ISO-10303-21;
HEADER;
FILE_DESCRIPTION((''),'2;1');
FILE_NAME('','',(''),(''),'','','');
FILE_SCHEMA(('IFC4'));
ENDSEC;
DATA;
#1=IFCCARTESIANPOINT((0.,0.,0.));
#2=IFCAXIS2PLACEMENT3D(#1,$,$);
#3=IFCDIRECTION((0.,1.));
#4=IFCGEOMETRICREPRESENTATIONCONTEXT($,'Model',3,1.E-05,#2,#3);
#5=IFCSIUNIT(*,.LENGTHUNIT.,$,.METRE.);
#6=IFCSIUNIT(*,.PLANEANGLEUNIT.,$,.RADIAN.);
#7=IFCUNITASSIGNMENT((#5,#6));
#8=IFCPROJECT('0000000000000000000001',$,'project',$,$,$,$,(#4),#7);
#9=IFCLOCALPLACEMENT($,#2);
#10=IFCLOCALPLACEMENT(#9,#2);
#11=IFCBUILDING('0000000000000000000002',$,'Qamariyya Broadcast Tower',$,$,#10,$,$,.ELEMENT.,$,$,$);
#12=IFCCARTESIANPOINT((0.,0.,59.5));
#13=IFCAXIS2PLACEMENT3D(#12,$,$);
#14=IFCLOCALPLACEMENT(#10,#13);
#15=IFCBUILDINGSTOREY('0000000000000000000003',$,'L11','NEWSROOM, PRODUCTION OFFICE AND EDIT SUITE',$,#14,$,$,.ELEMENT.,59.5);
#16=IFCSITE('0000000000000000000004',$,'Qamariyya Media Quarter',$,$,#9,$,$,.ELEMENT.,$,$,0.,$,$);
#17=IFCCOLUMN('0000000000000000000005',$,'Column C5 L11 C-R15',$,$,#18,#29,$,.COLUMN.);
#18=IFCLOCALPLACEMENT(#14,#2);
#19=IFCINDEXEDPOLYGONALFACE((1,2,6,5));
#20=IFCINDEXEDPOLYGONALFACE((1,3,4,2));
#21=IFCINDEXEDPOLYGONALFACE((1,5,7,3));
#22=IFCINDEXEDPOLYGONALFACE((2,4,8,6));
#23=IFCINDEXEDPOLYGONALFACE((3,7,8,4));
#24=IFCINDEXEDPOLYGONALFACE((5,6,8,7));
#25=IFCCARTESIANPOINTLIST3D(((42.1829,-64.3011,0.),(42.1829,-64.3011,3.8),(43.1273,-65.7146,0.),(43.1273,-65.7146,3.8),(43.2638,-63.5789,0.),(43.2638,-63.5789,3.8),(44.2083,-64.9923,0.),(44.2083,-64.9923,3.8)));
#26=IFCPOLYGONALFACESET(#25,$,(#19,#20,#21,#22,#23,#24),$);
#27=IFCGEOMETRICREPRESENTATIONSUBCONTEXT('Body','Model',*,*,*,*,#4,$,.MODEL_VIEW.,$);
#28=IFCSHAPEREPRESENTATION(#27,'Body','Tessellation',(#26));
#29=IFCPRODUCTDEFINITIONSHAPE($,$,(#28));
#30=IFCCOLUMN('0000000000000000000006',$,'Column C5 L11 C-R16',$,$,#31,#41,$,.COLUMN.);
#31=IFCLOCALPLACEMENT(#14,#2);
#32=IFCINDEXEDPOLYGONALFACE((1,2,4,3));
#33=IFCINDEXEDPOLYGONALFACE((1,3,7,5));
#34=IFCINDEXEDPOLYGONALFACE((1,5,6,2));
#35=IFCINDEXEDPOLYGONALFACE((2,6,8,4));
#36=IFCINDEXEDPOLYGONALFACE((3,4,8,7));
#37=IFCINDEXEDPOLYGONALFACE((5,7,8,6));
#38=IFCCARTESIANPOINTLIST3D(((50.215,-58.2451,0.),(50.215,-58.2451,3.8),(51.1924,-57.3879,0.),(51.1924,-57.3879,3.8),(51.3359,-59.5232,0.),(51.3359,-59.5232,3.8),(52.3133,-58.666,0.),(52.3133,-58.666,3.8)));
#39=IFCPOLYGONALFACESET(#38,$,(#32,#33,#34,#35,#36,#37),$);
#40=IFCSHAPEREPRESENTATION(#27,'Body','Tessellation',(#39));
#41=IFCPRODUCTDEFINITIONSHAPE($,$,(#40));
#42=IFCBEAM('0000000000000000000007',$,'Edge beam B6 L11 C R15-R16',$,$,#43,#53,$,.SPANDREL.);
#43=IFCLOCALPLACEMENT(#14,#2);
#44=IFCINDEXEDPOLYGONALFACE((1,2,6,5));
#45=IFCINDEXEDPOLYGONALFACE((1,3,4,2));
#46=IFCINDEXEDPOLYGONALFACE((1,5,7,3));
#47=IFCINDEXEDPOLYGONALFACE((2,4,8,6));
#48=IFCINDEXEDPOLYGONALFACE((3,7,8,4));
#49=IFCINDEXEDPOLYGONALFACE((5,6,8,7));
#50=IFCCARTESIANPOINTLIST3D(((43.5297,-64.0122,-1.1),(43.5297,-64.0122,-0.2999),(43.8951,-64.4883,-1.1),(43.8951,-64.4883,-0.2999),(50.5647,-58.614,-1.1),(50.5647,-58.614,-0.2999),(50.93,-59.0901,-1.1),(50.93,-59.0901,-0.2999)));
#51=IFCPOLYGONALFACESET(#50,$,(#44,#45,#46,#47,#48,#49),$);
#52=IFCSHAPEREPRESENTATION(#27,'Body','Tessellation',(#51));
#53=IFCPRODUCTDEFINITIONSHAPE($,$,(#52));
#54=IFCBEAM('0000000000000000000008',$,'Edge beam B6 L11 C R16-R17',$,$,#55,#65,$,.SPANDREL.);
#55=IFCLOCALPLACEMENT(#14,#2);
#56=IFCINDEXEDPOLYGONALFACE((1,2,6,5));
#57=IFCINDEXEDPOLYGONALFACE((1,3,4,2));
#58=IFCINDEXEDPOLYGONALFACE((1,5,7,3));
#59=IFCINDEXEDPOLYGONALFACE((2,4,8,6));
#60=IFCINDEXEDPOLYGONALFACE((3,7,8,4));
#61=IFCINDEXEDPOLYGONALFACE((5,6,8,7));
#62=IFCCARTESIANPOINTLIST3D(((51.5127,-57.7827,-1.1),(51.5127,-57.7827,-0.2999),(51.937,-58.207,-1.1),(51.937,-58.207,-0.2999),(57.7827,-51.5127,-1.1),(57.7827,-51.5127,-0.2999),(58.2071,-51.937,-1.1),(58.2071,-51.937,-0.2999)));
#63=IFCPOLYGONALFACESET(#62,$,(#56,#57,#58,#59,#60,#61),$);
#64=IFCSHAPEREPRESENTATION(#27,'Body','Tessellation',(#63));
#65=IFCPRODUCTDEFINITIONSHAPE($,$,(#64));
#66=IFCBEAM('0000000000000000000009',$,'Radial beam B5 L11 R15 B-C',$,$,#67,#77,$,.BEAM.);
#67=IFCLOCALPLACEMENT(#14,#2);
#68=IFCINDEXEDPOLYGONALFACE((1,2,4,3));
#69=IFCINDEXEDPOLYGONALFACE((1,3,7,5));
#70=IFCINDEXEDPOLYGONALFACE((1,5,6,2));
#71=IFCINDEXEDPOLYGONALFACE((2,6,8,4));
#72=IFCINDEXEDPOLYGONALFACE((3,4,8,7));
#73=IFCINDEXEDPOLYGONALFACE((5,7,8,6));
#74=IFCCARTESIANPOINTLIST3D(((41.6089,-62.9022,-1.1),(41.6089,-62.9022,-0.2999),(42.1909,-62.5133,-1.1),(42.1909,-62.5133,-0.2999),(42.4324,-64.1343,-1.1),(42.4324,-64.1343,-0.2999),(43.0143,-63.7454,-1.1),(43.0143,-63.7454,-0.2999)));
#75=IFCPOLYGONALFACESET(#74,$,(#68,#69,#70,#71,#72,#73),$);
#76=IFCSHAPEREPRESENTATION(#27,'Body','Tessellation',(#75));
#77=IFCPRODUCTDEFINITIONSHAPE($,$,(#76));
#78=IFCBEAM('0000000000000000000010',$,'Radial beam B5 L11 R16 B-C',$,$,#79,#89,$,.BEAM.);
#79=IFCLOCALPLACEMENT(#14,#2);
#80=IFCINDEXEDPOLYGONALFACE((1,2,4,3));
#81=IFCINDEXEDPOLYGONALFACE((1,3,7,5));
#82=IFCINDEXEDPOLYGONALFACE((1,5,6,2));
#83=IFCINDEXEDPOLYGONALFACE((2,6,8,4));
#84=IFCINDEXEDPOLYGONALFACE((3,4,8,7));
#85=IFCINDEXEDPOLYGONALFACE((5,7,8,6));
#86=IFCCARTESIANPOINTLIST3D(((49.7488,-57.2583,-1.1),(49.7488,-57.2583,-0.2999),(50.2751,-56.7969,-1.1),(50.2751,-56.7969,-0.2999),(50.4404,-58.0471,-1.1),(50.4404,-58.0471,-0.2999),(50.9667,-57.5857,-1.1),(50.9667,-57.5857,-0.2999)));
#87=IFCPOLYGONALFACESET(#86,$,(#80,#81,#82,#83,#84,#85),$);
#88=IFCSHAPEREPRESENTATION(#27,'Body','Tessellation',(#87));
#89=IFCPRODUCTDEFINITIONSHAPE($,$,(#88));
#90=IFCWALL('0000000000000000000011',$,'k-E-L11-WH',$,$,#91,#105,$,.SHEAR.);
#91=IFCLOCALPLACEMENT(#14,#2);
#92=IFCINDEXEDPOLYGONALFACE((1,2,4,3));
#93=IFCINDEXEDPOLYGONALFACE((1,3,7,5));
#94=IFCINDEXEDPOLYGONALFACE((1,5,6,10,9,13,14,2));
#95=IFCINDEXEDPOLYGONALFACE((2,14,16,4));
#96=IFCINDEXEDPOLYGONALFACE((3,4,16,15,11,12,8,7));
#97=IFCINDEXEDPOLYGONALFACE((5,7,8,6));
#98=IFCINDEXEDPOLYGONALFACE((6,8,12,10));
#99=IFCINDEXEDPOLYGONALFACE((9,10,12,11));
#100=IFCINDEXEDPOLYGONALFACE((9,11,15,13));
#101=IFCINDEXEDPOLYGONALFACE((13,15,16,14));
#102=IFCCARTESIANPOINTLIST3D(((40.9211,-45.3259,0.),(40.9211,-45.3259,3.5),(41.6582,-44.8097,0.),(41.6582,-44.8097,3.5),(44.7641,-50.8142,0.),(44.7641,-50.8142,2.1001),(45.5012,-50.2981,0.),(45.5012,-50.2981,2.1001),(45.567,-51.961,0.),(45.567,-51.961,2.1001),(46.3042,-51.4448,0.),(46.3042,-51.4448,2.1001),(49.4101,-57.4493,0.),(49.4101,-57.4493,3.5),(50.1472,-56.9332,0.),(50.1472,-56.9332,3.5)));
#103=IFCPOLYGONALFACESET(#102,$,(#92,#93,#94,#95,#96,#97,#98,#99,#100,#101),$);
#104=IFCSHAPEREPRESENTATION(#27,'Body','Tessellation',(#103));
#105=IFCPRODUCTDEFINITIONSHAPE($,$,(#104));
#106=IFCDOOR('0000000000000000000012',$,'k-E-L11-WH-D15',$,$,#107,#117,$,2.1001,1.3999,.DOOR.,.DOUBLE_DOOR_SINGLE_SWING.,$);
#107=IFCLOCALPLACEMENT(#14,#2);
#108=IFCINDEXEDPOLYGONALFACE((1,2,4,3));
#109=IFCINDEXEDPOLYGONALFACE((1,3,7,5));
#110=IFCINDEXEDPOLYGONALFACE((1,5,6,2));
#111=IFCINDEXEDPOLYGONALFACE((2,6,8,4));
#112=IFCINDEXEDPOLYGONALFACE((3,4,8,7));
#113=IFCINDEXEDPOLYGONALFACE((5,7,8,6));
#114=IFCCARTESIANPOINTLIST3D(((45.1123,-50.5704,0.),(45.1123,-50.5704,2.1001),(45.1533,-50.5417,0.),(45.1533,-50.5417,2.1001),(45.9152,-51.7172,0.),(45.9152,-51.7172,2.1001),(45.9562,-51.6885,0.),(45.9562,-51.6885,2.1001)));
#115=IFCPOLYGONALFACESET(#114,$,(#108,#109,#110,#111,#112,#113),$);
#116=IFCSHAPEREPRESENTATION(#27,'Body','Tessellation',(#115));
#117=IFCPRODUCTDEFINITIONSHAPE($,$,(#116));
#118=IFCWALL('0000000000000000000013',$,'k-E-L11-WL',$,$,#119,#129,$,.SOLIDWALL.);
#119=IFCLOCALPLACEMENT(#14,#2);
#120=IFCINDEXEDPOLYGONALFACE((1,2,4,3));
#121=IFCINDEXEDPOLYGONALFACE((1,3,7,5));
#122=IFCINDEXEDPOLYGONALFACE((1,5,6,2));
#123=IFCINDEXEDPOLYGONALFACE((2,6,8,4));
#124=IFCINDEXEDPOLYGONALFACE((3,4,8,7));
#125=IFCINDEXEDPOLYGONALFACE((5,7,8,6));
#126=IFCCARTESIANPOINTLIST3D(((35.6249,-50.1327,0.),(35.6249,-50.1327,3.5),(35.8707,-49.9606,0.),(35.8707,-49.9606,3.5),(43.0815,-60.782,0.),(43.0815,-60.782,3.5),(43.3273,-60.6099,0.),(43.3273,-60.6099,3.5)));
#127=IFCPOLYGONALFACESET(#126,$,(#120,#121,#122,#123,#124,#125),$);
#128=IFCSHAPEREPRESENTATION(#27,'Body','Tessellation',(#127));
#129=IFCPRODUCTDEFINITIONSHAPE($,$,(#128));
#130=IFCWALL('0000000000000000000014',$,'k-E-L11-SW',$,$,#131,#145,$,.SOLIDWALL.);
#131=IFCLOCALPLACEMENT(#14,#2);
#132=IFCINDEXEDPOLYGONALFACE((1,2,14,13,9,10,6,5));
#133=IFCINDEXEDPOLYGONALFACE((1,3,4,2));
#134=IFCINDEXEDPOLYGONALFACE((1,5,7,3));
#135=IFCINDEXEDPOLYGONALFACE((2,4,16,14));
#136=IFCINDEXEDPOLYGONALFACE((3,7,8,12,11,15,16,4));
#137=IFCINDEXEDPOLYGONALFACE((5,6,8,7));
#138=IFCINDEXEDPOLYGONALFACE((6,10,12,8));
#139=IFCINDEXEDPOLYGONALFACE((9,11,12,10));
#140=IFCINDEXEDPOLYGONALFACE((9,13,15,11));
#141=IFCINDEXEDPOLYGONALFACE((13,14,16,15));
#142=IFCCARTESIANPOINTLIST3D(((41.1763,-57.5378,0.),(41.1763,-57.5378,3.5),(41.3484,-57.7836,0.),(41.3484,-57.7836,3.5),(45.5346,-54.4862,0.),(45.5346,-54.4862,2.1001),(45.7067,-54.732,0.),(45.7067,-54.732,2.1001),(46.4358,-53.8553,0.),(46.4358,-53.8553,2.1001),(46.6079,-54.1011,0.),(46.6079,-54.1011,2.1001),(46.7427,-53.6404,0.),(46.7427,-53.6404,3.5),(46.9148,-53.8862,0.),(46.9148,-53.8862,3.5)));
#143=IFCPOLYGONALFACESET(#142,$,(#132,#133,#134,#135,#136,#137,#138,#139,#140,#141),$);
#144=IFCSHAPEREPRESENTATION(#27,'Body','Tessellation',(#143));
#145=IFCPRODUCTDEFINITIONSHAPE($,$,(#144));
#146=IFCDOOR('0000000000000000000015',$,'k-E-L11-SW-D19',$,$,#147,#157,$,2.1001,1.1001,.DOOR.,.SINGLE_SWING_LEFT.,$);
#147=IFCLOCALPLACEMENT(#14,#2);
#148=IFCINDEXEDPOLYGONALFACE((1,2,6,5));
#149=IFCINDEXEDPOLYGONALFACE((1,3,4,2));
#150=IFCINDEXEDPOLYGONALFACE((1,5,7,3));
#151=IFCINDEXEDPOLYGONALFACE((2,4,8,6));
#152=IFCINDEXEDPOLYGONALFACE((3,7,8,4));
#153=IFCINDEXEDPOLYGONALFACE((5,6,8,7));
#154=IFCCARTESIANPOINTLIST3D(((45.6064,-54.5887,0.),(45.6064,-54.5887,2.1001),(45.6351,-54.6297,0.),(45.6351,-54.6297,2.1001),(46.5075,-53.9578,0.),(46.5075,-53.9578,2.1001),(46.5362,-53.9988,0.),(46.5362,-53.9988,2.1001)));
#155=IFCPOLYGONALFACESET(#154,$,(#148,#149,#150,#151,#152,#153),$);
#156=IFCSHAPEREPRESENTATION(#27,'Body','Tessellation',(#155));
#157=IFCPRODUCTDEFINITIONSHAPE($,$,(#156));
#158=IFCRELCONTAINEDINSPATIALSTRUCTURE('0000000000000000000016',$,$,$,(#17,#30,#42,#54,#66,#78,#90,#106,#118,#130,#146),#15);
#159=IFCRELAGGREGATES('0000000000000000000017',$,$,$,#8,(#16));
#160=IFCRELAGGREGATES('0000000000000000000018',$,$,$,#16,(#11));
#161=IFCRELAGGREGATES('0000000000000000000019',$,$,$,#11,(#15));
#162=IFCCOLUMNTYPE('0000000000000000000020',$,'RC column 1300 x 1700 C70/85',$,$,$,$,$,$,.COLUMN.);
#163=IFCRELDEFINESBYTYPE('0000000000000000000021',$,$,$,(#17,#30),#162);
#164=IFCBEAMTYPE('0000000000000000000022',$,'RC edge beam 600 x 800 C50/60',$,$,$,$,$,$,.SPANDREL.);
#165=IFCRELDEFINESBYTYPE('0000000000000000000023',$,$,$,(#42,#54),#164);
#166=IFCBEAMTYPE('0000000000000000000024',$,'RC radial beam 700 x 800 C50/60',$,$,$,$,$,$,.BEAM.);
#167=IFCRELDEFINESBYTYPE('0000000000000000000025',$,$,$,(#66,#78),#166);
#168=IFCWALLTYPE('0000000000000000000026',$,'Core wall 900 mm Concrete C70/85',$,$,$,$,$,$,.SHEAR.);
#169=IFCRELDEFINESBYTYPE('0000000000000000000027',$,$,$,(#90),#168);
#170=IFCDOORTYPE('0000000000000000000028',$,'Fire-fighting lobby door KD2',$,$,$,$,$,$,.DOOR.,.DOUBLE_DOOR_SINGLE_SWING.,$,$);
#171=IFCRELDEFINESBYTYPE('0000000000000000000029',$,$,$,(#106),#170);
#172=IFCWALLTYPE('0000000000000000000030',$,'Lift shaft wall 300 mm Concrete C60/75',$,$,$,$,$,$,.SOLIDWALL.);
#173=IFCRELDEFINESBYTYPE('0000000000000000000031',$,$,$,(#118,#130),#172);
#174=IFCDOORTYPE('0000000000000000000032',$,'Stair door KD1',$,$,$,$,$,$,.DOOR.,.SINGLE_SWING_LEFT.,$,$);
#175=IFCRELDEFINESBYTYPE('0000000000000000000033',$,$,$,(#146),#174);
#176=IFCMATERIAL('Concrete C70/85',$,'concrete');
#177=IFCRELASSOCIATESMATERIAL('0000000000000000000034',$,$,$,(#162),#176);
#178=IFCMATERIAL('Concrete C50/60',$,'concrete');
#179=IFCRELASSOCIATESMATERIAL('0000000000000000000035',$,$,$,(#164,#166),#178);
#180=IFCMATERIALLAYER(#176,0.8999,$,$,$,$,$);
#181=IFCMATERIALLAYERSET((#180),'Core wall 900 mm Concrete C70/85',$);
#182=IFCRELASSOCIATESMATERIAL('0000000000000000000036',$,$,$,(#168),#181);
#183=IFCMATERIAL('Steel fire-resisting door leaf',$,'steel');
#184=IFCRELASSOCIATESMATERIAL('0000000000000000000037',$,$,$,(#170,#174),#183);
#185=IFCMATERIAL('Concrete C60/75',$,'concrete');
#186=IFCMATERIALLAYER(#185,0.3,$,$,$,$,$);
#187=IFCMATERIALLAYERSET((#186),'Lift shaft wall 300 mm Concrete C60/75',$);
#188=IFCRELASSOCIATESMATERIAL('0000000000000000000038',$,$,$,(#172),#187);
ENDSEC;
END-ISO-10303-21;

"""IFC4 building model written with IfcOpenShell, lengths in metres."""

from ifc_helpers import new_model, si_unit, direction, frame, frame_2d, origin, origin_2d, place, context, subcontext, project, spatial, rectangle, extrude, material, layer, layer_set, material_profile, profile_set, type_object, element, fill, save


model = new_model("IFC4")

# Units and contexts
model_context = context("Model", 3, precision=1e-05, world=origin(), true_north=direction((0.0, 1.0)))
body_context = subcontext(model_context, "Body", "Model", "MODEL_VIEW")
ifc_project = project(units=[si_unit("LENGTHUNIT", "METRE"), si_unit("PLANEANGLEUNIT", "RADIAN")], contexts=[model_context])

# Site, building, storey
site_placement = place(None, origin())
site = spatial("IfcSite", under=ifc_project, at=site_placement, Name="Qamariyya Media Quarter", CompositionType="ELEMENT", RefElevation=0.0)
building_placement = place(site_placement, origin())
building = spatial("IfcBuilding", under=site, at=building_placement, Name="Qamariyya Broadcast Tower", CompositionType="ELEMENT")
storey_placement = place(building_placement, frame((0.0, 0.0, 59.5)))
storey = spatial("IfcBuildingStorey", under=building, at=storey_placement, Name="L11", Description="NEWSROOM, PRODUCTION OFFICE AND EDIT SUITE", CompositionType="ELEMENT", Elevation=59.5)

# Columns
ifc_material_1 = material(Name="Concrete C70/85", Category="concrete")
ifc_material_profile_1 = material_profile(ifc_material_1, rectangle(XDim=1.3, YDim=1.7, at=origin_2d()))
ifc_profile_set_1 = profile_set([ifc_material_profile_1], Name="Concrete C70/85")
column_type = type_object("IfcColumnType", Name="RC column 1300 x 1700 C70/85", PredefinedType="COLUMN", material=ifc_profile_set_1)
for number, where, z_axis, x_axis, name in (
    (1, (43.1956, -64.6467, 0.0), (0.0, 0.0, 1.0), (0.83147, 0.55557, 0.0), "Column C5 L11 C-R15"),
    (2, (51.2642, -58.4556, 0.0), (0.0, 0.0, 1.0), (0.75184, 0.659346, 0.0), "Column C5 L11 C-R16"),
):
    element("IfcColumn", number, at=place(storey_placement, frame(where, z_axis=z_axis, x_axis=x_axis)), inside=storey, type_object=column_type, Name=name, PredefinedType="COLUMN", context=body_context, shape_type="SweptSolid", body=[
        extrude(rectangle(XDim=1.3, YDim=1.7, at=origin_2d()), origin(), (0.0, 0.0, 1.0), 3.8),
    ])

# Beams
ifc_material_2 = material(Name="Concrete C50/60", Category="concrete")
ifc_material_profile_2 = material_profile(ifc_material_2, rectangle(XDim=0.6001, YDim=0.8, at=origin_2d()))
ifc_profile_set_2 = profile_set([ifc_material_profile_2], Name="Concrete C50/60")
beam_type_1 = type_object("IfcBeamType", Name="RC edge beam 600 x 800 C50/60", PredefinedType="SPANDREL", material=ifc_profile_set_2)
beam_1_placement = place(storey_placement, frame((43.7124, -64.2502, -0.7), z_axis=(0.793347, 0.60877, 0.0), x_axis=(-0.60877, 0.793347, 0.0)))
element("IfcBeam", 3, at=beam_1_placement, inside=storey, type_object=beam_type_1, Name="Edge beam B6 L11 C R15-R16", PredefinedType="SPANDREL", context=body_context, shape_type="SweptSolid", body=[
    extrude(rectangle(XDim=0.6001, YDim=0.8, at=origin_2d()), origin(), (0.0, 0.0, 1.0), 8.8674),
])
beam_2_placement = place(storey_placement, frame((51.7249, -57.9949, -0.7), z_axis=(0.707107, 0.707107, 0.0), x_axis=(-0.707107, 0.707107, 0.0)))
element("IfcBeam", 4, at=beam_2_placement, inside=storey, type_object=beam_type_1, Name="Edge beam B6 L11 C R16-R17", PredefinedType="SPANDREL", context=body_context, shape_type="SweptSolid", body=[
    extrude(rectangle(XDim=0.6001, YDim=0.8, at=origin_2d()), origin(), (0.0, 0.0, 1.0), 8.8672),
])
ifc_material_profile_3 = material_profile(ifc_material_2, rectangle(XDim=0.7, YDim=0.8, at=origin_2d()))
ifc_profile_set_3 = profile_set([ifc_material_profile_3], Name="Concrete C50/60")
beam_type_2 = type_object("IfcBeamType", Name="RC radial beam 700 x 800 C50/60", PredefinedType="BEAM", material=ifc_profile_set_3)
beam_3_placement = place(storey_placement, frame((41.8999, -62.7078, -0.7), z_axis=(0.55565, -0.831416, 0.0), x_axis=(0.831416, 0.55565, 0.0)))
element("IfcBeam", 5, at=beam_3_placement, inside=storey, type_object=beam_type_2, Name="Radial beam B5 L11 R15 B-C", PredefinedType="BEAM", context=body_context, shape_type="SweptSolid", body=[
    extrude(rectangle(XDim=0.7, YDim=0.8, at=origin_2d()), origin(), (0.0, 0.0, 1.0), 1.4819),
])
beam_4_placement = place(storey_placement, frame((50.012, -57.0276, -0.7), z_axis=(0.659279, -0.751899, 0.0), x_axis=(0.751899, 0.659279, 0.0)))
element("IfcBeam", 6, at=beam_4_placement, inside=storey, type_object=beam_type_2, Name="Radial beam B5 L11 R16 B-C", PredefinedType="BEAM", context=body_context, shape_type="SweptSolid", body=[
    extrude(rectangle(XDim=0.7, YDim=0.8, at=origin_2d()), origin(), (0.0, 0.0, 1.0), 1.0491),
])

# Wall, opening, door
ifc_layer_1 = layer(ifc_material_1, 0.8999)
ifc_layer_set_1 = layer_set([ifc_layer_1], Name="Core wall 900 mm Concrete C70/85")
wall_type_1 = type_object("IfcWallType", Name="Core wall 900 mm Concrete C70/85", PredefinedType="SHEAR", material=ifc_layer_set_1)
wall_1_placement = place(storey_placement, frame((49.7786, -57.1912, 0.0), z_axis=(0.0, 0.0, 1.0), x_axis=(-0.573577, 0.819151, 0.0)))
wall_1 = element("IfcWall", 7, at=wall_1_placement, inside=storey, type_object=wall_type_1, Name="k-E-L11-WH", PredefinedType="SHEAR", context=body_context, shape_type="SweptSolid", body=[
    extrude(rectangle(XDim=14.8, YDim=0.8999, at=frame_2d((7.3999, 0.0))), origin(), (0.0, 0.0, 1.0), 3.5),
])
opening_1_placement = place(wall_1_placement, frame((6.7, 0.0, 0.0)))
opening_1 = element("IfcOpeningElement", 8, at=opening_1_placement, cuts=wall_1, PredefinedType="OPENING", context=body_context, shape_type="SweptSolid", body=[
    extrude(rectangle(XDim=1.3999, YDim=2.1001, at=frame_2d((0.7, 1.05))), frame((0.0, 0.46, 0.0), z_axis=(0.0, -1.0, 0.0), x_axis=(1.0, 0.0, 0.0)), (0.0, 0.0, 1.0), 0.9199),
])
ifc_material_3 = material(Name="Steel fire-resisting door leaf", Category="steel")
door_type_1 = type_object("IfcDoorType", Name="Fire-fighting lobby door KD2", OperationType="DOUBLE_DOOR_SINGLE_SWING", PredefinedType="DOOR", material=ifc_material_3)
door_1_placement = place(opening_1_placement, origin())
door_1 = element("IfcDoor", 9, at=door_1_placement, inside=storey, type_object=door_type_1, Name="k-E-L11-WH-D15", OperationType="DOUBLE_DOOR_SINGLE_SWING", OverallHeight=2.1001, OverallWidth=1.3999, PredefinedType="DOOR", context=body_context, shape_type="SweptSolid", body=[
    extrude(rectangle(XDim=1.3999, YDim=2.1001, at=frame_2d((0.7, 1.05))), frame((0.0, 0.0249, 0.0), z_axis=(0.0, -1.0, 0.0), x_axis=(1.0, 0.0, 0.0)), (0.0, 0.0, 1.0), 0.05),
])
fill(opening_1, door_1)

# Wall
ifc_material_4 = material(Name="Concrete C60/75", Category="concrete")
ifc_layer_2 = layer(ifc_material_4, 0.3)
ifc_layer_set_2 = layer_set([ifc_layer_2], Name="Lift shaft wall 300 mm Concrete C60/75")
wall_type_2 = type_object("IfcWallType", Name="Lift shaft wall 300 mm Concrete C60/75", PredefinedType="SOLIDWALL", material=ifc_layer_set_2)
wall_2_placement = place(storey_placement, frame((43.2043, -60.6958, 0.0), z_axis=(0.0, 0.0, 1.0), x_axis=(-0.573572, 0.819155, 0.0)))
element("IfcWall", 10, at=wall_2_placement, inside=storey, type_object=wall_type_2, Name="k-E-L11-WL", PredefinedType="SOLIDWALL", context=body_context, shape_type="SweptSolid", body=[
    extrude(rectangle(XDim=13.0002, YDim=0.3, at=frame_2d((6.5, 0.0))), origin(), (0.0, 0.0, 1.0), 3.5),
])

# Wall, opening, door
wall_3_placement = place(storey_placement, frame((41.2625, -57.6606, 0.0), z_axis=(0.0, 0.0, 1.0), x_axis=(0.819164, 0.573559, 0.0)))
wall_3 = element("IfcWall", 11, at=wall_3_placement, inside=storey, type_object=wall_type_2, Name="k-E-L11-SW", PredefinedType="SOLIDWALL", context=body_context, shape_type="SweptSolid", body=[
    extrude(rectangle(XDim=6.7952, YDim=0.3, at=frame_2d((3.3975, 0.0))), origin(), (0.0, 0.0, 1.0), 3.5),
])
opening_2_placement = place(wall_3_placement, frame((5.3203, 0.0, 0.0)))
opening_2 = element("IfcOpeningElement", 12, at=opening_2_placement, cuts=wall_3, PredefinedType="OPENING", context=body_context, shape_type="SweptSolid", body=[
    extrude(rectangle(XDim=1.1001, YDim=2.1001, at=frame_2d((0.55, 1.05))), frame((0.0, 0.1599, 0.0), z_axis=(0.0, -1.0, 0.0), x_axis=(1.0, 0.0, 0.0)), (0.0, 0.0, 1.0), 0.3201),
])
door_type_2 = type_object("IfcDoorType", Name="Stair door KD1", OperationType="SINGLE_SWING_LEFT", PredefinedType="DOOR", material=ifc_material_3)
door_2_placement = place(opening_2_placement, origin())
door_2 = element("IfcDoor", 13, at=door_2_placement, inside=storey, type_object=door_type_2, Name="k-E-L11-SW-D19", OperationType="SINGLE_SWING_LEFT", OverallHeight=2.1001, OverallWidth=1.1001, PredefinedType="DOOR", context=body_context, shape_type="SweptSolid", body=[
    extrude(rectangle(XDim=1.1001, YDim=2.1001, at=frame_2d((0.55, 1.05))), frame((0.0, 0.0249, 0.0), z_axis=(0.0, -1.0, 0.0), x_axis=(1.0, 0.0, 0.0)), (0.0, 0.0, 1.0), 0.05),
])
fill(opening_2, door_2)

save(model, "model.ifc")
